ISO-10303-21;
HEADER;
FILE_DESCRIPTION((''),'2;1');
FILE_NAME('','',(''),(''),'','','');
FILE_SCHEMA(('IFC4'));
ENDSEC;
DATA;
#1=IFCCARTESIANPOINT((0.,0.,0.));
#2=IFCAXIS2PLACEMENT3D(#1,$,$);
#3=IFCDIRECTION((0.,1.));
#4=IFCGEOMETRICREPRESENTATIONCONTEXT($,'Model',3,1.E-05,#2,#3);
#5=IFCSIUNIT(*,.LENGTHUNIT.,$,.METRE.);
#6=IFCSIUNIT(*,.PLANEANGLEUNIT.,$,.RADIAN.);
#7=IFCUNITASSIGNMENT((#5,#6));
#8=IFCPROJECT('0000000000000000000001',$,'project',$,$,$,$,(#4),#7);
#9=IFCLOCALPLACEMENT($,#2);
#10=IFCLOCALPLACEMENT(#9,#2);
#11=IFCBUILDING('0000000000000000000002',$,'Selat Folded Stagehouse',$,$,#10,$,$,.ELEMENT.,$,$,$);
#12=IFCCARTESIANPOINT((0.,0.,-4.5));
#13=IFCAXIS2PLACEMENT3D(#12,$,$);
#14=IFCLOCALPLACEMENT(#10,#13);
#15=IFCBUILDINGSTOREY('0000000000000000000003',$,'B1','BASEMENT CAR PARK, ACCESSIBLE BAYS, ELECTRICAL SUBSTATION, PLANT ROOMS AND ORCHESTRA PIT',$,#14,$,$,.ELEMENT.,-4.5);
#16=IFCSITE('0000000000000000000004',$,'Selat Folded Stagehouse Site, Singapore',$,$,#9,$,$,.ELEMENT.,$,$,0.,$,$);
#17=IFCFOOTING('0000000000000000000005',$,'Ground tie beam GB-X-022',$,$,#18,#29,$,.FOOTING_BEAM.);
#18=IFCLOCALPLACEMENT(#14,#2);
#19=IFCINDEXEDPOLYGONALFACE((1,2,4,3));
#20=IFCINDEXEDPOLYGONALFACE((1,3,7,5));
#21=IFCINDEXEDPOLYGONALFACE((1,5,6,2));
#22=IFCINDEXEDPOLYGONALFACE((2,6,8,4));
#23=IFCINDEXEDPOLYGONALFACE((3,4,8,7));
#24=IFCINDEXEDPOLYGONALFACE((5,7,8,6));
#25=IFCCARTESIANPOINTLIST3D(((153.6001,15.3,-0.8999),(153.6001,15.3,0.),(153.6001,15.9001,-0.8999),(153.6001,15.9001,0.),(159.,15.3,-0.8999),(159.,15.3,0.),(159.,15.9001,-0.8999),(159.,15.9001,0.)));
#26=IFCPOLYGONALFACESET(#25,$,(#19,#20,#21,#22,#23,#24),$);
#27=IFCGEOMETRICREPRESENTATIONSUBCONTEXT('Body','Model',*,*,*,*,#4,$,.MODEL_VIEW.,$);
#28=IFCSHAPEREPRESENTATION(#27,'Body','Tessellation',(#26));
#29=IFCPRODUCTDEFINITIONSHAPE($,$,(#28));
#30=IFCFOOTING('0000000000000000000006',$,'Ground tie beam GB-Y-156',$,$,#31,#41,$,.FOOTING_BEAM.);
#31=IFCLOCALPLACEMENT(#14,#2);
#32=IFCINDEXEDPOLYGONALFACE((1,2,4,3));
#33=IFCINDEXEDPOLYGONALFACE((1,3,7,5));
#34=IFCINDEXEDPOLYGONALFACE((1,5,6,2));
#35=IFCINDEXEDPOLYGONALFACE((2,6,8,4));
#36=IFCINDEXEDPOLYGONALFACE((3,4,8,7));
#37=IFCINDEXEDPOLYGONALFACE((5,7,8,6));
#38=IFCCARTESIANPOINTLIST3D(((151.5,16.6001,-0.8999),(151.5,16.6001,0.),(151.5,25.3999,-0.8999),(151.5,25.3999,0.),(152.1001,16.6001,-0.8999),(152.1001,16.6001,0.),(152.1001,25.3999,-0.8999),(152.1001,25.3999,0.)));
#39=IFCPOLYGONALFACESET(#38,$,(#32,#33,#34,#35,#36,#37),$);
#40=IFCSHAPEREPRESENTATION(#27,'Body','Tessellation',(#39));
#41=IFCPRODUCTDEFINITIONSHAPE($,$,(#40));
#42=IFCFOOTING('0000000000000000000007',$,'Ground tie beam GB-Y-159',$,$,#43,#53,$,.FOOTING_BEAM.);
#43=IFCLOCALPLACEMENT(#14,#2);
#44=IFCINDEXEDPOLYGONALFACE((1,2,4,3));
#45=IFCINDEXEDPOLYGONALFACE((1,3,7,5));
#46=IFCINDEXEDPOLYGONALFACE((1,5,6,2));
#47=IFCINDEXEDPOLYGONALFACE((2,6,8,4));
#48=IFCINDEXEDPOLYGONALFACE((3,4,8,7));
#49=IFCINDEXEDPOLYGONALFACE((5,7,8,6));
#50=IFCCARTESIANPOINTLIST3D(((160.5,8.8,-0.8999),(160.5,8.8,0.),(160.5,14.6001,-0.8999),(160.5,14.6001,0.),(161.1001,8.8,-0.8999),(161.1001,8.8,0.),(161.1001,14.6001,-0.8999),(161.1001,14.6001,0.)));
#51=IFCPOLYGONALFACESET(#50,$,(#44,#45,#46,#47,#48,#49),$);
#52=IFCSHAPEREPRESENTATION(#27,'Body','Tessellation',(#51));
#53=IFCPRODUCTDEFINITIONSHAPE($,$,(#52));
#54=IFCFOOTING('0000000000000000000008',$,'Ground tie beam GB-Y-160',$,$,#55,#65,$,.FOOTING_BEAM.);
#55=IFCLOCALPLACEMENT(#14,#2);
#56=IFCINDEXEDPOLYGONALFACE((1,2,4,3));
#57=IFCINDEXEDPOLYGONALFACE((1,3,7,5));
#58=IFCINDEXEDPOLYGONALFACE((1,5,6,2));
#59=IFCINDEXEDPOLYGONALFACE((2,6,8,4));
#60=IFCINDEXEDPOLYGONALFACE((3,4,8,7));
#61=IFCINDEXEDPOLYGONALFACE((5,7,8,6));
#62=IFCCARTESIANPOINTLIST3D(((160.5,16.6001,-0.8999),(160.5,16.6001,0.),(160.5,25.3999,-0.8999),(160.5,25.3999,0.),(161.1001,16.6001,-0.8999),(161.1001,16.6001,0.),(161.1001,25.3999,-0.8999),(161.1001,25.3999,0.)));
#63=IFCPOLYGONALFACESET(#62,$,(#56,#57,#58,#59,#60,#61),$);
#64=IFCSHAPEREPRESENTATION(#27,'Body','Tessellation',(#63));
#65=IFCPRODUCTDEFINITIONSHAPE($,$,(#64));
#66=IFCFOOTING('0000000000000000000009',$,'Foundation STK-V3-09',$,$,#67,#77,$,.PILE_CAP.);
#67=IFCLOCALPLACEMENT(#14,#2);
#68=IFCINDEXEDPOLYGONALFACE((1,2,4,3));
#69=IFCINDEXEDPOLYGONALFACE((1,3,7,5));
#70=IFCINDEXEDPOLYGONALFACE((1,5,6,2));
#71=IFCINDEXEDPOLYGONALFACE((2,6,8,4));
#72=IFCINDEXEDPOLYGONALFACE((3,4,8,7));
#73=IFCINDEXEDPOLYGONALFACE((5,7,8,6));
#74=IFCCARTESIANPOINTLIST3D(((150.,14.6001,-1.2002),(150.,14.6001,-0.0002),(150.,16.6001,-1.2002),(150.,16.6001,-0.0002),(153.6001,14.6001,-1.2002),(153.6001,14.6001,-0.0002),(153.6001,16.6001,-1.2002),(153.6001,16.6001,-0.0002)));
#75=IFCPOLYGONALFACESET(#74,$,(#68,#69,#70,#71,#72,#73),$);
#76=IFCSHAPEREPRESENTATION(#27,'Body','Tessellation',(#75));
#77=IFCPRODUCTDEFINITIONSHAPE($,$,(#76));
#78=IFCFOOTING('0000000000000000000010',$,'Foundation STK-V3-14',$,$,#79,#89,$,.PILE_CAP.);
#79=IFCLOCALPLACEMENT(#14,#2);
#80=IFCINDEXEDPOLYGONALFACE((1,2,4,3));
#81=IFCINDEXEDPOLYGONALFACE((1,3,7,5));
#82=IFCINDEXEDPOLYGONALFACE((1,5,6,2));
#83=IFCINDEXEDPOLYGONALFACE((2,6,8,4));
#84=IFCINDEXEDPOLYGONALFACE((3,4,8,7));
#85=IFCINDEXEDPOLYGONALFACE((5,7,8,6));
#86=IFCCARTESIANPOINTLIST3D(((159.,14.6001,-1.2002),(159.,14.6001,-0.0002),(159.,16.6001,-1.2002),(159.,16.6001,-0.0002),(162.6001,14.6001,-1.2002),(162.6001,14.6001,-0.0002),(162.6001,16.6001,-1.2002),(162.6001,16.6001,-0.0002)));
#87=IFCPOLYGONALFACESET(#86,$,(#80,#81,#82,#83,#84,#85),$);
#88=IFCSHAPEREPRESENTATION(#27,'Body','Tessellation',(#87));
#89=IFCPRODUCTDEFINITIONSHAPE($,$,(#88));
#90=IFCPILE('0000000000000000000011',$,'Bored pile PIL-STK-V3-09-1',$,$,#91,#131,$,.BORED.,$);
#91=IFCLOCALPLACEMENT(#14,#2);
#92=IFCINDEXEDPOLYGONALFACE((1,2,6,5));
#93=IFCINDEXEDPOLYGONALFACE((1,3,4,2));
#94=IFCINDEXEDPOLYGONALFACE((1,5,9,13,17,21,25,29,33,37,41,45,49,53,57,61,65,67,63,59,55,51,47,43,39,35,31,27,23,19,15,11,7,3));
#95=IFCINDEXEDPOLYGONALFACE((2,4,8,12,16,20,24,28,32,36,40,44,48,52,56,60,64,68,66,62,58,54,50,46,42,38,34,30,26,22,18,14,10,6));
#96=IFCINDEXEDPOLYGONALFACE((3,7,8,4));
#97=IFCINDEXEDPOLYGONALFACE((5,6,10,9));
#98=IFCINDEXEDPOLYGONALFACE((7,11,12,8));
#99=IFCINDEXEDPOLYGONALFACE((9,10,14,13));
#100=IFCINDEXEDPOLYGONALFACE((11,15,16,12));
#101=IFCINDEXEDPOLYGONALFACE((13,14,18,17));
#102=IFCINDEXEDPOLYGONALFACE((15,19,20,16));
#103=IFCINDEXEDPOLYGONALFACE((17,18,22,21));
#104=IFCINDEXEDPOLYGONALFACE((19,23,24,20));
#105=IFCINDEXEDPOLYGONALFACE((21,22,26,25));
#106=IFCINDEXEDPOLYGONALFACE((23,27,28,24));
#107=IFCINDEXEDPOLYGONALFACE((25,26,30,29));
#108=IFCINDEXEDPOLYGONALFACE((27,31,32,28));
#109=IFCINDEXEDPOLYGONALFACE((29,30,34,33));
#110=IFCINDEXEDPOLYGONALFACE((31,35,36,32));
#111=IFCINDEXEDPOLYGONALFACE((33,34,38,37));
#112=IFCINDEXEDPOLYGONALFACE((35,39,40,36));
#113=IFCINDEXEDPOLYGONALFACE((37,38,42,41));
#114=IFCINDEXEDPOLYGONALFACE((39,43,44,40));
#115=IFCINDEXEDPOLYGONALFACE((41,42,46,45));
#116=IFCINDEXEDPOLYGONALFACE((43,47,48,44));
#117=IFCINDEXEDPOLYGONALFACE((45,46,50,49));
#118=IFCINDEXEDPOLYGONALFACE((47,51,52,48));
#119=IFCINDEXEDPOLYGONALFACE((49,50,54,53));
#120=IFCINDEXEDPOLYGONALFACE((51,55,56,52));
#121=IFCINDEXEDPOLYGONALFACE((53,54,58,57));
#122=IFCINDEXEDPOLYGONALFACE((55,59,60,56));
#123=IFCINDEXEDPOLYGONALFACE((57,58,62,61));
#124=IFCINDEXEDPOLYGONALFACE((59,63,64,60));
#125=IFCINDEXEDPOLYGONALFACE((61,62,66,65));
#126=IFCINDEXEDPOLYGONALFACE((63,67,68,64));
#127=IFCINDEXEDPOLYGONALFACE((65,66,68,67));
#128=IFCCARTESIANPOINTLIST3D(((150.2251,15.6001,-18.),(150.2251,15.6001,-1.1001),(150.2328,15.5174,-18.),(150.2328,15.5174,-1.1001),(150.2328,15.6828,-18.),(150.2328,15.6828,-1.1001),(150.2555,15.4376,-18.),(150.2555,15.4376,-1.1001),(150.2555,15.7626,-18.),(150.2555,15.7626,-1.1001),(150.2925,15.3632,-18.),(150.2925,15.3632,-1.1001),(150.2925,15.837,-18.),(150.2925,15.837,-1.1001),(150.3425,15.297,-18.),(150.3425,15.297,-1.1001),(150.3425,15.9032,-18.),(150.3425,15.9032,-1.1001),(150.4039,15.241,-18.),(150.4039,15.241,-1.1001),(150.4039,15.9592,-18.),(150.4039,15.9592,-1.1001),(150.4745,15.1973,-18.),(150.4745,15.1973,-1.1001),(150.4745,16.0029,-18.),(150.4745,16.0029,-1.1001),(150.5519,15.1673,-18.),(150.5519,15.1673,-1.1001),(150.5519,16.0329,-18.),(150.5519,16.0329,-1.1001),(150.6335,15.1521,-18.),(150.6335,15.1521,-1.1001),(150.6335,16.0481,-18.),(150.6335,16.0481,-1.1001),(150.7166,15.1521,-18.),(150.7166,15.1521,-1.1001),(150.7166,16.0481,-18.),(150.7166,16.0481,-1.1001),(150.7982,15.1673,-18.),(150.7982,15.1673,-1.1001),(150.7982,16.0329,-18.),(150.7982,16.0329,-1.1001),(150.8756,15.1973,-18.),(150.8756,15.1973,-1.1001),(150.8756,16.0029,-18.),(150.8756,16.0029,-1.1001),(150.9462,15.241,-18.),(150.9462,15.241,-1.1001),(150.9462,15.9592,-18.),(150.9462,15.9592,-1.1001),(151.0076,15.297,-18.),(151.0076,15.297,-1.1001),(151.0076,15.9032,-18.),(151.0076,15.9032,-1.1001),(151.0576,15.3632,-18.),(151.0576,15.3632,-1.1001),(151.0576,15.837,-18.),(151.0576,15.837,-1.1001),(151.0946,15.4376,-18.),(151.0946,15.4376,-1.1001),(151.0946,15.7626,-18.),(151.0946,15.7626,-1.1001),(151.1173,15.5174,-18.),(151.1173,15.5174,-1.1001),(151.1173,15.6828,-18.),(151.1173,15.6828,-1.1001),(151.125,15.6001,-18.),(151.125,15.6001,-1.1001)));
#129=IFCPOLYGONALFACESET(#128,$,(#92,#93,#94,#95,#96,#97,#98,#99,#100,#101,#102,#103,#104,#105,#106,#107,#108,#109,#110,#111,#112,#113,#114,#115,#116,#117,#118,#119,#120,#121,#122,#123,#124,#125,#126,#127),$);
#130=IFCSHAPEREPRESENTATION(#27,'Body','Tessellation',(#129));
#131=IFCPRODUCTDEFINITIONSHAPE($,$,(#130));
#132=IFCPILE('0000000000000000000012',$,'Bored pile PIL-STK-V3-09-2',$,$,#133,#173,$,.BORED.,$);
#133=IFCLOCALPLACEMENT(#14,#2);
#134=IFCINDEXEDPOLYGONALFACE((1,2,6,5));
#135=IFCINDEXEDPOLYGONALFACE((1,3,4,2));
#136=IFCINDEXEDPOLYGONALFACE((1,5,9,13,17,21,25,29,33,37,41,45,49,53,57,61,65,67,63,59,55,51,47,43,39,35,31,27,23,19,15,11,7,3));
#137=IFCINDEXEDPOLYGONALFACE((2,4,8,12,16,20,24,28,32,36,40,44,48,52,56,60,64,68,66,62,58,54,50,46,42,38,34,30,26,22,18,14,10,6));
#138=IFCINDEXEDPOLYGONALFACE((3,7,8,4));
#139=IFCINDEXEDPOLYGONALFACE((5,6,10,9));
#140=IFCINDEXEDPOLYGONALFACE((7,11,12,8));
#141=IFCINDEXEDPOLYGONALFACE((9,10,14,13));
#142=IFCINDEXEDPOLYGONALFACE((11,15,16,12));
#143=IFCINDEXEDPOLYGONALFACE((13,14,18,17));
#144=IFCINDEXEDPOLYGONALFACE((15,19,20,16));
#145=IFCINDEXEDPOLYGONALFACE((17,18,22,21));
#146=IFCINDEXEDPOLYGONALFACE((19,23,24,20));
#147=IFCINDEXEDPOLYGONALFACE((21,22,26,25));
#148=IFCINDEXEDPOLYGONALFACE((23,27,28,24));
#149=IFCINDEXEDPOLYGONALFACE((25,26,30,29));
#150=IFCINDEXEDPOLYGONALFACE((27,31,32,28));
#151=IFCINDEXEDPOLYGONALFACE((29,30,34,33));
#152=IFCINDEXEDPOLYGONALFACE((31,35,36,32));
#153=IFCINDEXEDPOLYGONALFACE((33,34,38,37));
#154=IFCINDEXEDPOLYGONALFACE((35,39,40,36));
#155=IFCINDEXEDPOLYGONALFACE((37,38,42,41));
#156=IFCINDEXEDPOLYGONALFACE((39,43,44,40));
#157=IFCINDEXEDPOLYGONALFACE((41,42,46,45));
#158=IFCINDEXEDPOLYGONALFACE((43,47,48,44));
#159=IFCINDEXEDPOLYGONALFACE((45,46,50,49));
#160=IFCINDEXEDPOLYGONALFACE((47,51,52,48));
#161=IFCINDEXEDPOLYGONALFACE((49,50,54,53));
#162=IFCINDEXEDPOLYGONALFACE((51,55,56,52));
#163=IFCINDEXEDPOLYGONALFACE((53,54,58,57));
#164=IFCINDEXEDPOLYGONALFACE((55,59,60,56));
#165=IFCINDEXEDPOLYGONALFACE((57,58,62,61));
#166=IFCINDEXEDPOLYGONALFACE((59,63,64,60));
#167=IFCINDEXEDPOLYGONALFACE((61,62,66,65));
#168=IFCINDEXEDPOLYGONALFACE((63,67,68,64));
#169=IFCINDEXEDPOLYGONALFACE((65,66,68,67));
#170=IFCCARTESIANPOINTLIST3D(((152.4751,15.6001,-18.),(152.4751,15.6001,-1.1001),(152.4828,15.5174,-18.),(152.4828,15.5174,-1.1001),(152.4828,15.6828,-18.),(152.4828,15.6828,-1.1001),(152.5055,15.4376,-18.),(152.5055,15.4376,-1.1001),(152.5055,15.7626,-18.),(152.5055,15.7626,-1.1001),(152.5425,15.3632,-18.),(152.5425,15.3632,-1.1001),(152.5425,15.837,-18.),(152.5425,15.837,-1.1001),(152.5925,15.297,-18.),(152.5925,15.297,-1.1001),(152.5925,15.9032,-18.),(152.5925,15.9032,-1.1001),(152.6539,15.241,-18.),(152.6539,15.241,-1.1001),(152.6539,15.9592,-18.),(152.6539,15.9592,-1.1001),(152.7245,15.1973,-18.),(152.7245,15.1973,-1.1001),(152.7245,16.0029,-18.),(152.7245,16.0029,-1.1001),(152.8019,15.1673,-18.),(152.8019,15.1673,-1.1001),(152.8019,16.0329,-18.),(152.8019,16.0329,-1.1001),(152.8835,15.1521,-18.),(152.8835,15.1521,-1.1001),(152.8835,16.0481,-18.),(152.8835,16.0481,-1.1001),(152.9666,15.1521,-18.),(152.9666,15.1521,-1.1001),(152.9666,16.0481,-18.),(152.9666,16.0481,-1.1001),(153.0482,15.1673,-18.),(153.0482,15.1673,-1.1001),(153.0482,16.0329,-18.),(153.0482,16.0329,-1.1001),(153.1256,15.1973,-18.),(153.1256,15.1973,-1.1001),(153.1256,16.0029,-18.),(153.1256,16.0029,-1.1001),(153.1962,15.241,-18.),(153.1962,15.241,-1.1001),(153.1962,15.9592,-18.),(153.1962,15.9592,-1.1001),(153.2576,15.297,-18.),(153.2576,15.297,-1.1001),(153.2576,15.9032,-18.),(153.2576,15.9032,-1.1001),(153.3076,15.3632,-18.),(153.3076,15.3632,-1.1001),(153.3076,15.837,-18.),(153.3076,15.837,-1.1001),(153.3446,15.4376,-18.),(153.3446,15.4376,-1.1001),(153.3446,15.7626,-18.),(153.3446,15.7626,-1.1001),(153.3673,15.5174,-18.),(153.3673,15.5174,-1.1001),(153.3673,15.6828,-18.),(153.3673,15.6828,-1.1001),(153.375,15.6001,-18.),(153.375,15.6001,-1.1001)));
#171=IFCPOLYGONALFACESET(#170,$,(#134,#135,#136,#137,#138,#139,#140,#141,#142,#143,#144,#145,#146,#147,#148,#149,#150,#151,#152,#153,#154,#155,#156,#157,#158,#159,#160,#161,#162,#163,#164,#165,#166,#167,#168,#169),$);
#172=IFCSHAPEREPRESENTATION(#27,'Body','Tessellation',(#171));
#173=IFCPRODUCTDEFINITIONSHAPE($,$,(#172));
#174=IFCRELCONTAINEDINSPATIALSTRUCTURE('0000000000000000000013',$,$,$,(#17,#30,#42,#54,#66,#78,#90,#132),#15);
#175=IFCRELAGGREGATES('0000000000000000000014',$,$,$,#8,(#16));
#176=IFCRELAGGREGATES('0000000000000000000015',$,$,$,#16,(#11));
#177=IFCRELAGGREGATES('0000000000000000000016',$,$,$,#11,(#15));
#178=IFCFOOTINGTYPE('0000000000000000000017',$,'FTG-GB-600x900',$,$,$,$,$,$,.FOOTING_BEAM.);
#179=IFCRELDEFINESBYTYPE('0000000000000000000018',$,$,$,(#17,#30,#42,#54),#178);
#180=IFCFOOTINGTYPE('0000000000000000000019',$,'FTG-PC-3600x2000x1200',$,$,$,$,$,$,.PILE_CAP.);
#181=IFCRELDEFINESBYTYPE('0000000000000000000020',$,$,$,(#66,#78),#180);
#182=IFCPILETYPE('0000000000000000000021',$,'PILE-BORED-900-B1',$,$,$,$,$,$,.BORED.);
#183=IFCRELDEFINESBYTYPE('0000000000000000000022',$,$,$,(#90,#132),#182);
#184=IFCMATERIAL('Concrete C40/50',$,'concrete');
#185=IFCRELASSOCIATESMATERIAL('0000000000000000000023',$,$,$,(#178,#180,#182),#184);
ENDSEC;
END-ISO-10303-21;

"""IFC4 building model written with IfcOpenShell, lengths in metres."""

from ifc_helpers import new_model, si_unit, direction, frame, origin, origin_2d, place, context, subcontext, project, spatial, rectangle, circle, extrude, material, material_profile, profile_set, type_object, element, save


model = new_model("IFC4")

# Units and contexts
model_context = context("Model", 3, precision=1e-05, world=origin(), true_north=direction((0.0, 1.0)))
body_context = subcontext(model_context, "Body", "Model", "MODEL_VIEW")
ifc_project = project(units=[si_unit("LENGTHUNIT", "METRE"), si_unit("PLANEANGLEUNIT", "RADIAN")], contexts=[model_context])

# Site, building, storey
site_placement = place(None, origin())
site = spatial("IfcSite", under=ifc_project, at=site_placement, Name="Selat Folded Stagehouse Site, Singapore", CompositionType="ELEMENT", RefElevation=0.0)
building_placement = place(site_placement, origin())
building = spatial("IfcBuilding", under=site, at=building_placement, Name="Selat Folded Stagehouse", CompositionType="ELEMENT")
storey_placement = place(building_placement, frame((0.0, 0.0, -4.5)))
storey = spatial("IfcBuildingStorey", under=building, at=storey_placement, Name="B1", Description="BASEMENT CAR PARK, ACCESSIBLE BAYS, ELECTRICAL SUBSTATION, PLANT ROOMS AND ORCHESTRA PIT", CompositionType="ELEMENT", Elevation=-4.5)

# Footings
ifc_material_1 = material(Name="Concrete C40/50", Category="concrete")
ifc_material_profile_1 = material_profile(ifc_material_1, rectangle(XDim=0.6001, YDim=0.8999, at=origin_2d()), Name="RC 900x600")
ifc_profile_set_1 = profile_set([ifc_material_profile_1], Name="Concrete C40/50")
footing_type_1 = type_object("IfcFootingType", Name="FTG-GB-600x900", PredefinedType="FOOTING_BEAM", material=ifc_profile_set_1)
footing_1_placement = place(storey_placement, frame((153.6001, 15.6001, -0.45), z_axis=(1.0, 0.0, 0.0), x_axis=(0.0, 1.0, 0.0)))
element("IfcFooting", 1, at=footing_1_placement, inside=storey, type_object=footing_type_1, Name="Ground tie beam GB-X-022", PredefinedType="FOOTING_BEAM", context=body_context, shape_type="SweptSolid", body=[
    extrude(rectangle(XDim=0.6001, YDim=0.8999, at=origin_2d()), origin(), (0.0, 0.0, 1.0), 5.3999),
])
footing_2_placement = place(storey_placement, frame((151.8, 16.6001, -0.45), z_axis=(0.0, 1.0, 0.0), x_axis=(-1.0, 0.0, 0.0)))
element("IfcFooting", 2, at=footing_2_placement, inside=storey, type_object=footing_type_1, Name="Ground tie beam GB-Y-156", PredefinedType="FOOTING_BEAM", context=body_context, shape_type="SweptSolid", body=[
    extrude(rectangle(XDim=0.6001, YDim=0.8999, at=origin_2d()), origin(), (0.0, 0.0, 1.0), 8.7998),
])
footing_3_placement = place(storey_placement, frame((160.8, 8.8, -0.45), z_axis=(0.0, 1.0, 0.0), x_axis=(-1.0, 0.0, 0.0)))
element("IfcFooting", 3, at=footing_3_placement, inside=storey, type_object=footing_type_1, Name="Ground tie beam GB-Y-159", PredefinedType="FOOTING_BEAM", context=body_context, shape_type="SweptSolid", body=[
    extrude(rectangle(XDim=0.6001, YDim=0.8999, at=origin_2d()), origin(), (0.0, 0.0, 1.0), 5.8),
])
footing_4_placement = place(storey_placement, frame((160.8, 16.6001, -0.45), z_axis=(0.0, 1.0, 0.0), x_axis=(-1.0, 0.0, 0.0)))
element("IfcFooting", 4, at=footing_4_placement, inside=storey, type_object=footing_type_1, Name="Ground tie beam GB-Y-160", PredefinedType="FOOTING_BEAM", context=body_context, shape_type="SweptSolid", body=[
    extrude(rectangle(XDim=0.6001, YDim=0.8999, at=origin_2d()), origin(), (0.0, 0.0, 1.0), 8.7998),
])
footing_type_2 = type_object("IfcFootingType", Name="FTG-PC-3600x2000x1200", PredefinedType="PILE_CAP", material=ifc_material_1)
for number, where, z_axis, x_axis, name in (
    (5, (151.8, 15.6001, -1.2002), (0.0, 0.0, 1.0), (1.0, 0.0, 0.0), "Foundation STK-V3-09"),
    (6, (160.8, 15.6001, -1.2002), (0.0, 0.0, 1.0), (1.0, 0.0, 0.0), "Foundation STK-V3-14"),
):
    element("IfcFooting", number, at=place(storey_placement, frame(where, z_axis=z_axis, x_axis=x_axis)), inside=storey, type_object=footing_type_2, Name=name, PredefinedType="PILE_CAP", context=body_context, shape_type="SweptSolid", body=[
        extrude(rectangle(XDim=3.6001, YDim=2.0, at=origin_2d()), origin(), (0.0, 0.0, 1.0), 1.2),
    ])

# Piles
ifc_material_profile_2 = material_profile(ifc_material_1, circle(Radius=0.45, at=origin_2d()), Name="PILE D900")
ifc_profile_set_2 = profile_set([ifc_material_profile_2], Name="Concrete C40/50")
pile_type = type_object("IfcPileType", Name="PILE-BORED-900-B1", PredefinedType="BORED", material=ifc_profile_set_2)
for number, where, z_axis, x_axis, name in (
    (7, (150.675, 15.6001, -1.1001), (0.0, 0.0, -1.0), (1.0, 0.0, 0.0), "Bored pile PIL-STK-V3-09-1"),
    (8, (152.925, 15.6001, -1.1001), (0.0, 0.0, -1.0), (1.0, 0.0, 0.0), "Bored pile PIL-STK-V3-09-2"),
):
    element("IfcPile", number, at=place(storey_placement, frame(where, z_axis=z_axis, x_axis=x_axis)), inside=storey, type_object=pile_type, Name=name, PredefinedType="BORED", context=body_context, shape_type="SweptSolid", body=[
        extrude(circle(Radius=0.45, at=origin_2d()), origin(), (0.0, 0.0, 1.0), 16.8999),
    ])

save(model, "model.ifc")
